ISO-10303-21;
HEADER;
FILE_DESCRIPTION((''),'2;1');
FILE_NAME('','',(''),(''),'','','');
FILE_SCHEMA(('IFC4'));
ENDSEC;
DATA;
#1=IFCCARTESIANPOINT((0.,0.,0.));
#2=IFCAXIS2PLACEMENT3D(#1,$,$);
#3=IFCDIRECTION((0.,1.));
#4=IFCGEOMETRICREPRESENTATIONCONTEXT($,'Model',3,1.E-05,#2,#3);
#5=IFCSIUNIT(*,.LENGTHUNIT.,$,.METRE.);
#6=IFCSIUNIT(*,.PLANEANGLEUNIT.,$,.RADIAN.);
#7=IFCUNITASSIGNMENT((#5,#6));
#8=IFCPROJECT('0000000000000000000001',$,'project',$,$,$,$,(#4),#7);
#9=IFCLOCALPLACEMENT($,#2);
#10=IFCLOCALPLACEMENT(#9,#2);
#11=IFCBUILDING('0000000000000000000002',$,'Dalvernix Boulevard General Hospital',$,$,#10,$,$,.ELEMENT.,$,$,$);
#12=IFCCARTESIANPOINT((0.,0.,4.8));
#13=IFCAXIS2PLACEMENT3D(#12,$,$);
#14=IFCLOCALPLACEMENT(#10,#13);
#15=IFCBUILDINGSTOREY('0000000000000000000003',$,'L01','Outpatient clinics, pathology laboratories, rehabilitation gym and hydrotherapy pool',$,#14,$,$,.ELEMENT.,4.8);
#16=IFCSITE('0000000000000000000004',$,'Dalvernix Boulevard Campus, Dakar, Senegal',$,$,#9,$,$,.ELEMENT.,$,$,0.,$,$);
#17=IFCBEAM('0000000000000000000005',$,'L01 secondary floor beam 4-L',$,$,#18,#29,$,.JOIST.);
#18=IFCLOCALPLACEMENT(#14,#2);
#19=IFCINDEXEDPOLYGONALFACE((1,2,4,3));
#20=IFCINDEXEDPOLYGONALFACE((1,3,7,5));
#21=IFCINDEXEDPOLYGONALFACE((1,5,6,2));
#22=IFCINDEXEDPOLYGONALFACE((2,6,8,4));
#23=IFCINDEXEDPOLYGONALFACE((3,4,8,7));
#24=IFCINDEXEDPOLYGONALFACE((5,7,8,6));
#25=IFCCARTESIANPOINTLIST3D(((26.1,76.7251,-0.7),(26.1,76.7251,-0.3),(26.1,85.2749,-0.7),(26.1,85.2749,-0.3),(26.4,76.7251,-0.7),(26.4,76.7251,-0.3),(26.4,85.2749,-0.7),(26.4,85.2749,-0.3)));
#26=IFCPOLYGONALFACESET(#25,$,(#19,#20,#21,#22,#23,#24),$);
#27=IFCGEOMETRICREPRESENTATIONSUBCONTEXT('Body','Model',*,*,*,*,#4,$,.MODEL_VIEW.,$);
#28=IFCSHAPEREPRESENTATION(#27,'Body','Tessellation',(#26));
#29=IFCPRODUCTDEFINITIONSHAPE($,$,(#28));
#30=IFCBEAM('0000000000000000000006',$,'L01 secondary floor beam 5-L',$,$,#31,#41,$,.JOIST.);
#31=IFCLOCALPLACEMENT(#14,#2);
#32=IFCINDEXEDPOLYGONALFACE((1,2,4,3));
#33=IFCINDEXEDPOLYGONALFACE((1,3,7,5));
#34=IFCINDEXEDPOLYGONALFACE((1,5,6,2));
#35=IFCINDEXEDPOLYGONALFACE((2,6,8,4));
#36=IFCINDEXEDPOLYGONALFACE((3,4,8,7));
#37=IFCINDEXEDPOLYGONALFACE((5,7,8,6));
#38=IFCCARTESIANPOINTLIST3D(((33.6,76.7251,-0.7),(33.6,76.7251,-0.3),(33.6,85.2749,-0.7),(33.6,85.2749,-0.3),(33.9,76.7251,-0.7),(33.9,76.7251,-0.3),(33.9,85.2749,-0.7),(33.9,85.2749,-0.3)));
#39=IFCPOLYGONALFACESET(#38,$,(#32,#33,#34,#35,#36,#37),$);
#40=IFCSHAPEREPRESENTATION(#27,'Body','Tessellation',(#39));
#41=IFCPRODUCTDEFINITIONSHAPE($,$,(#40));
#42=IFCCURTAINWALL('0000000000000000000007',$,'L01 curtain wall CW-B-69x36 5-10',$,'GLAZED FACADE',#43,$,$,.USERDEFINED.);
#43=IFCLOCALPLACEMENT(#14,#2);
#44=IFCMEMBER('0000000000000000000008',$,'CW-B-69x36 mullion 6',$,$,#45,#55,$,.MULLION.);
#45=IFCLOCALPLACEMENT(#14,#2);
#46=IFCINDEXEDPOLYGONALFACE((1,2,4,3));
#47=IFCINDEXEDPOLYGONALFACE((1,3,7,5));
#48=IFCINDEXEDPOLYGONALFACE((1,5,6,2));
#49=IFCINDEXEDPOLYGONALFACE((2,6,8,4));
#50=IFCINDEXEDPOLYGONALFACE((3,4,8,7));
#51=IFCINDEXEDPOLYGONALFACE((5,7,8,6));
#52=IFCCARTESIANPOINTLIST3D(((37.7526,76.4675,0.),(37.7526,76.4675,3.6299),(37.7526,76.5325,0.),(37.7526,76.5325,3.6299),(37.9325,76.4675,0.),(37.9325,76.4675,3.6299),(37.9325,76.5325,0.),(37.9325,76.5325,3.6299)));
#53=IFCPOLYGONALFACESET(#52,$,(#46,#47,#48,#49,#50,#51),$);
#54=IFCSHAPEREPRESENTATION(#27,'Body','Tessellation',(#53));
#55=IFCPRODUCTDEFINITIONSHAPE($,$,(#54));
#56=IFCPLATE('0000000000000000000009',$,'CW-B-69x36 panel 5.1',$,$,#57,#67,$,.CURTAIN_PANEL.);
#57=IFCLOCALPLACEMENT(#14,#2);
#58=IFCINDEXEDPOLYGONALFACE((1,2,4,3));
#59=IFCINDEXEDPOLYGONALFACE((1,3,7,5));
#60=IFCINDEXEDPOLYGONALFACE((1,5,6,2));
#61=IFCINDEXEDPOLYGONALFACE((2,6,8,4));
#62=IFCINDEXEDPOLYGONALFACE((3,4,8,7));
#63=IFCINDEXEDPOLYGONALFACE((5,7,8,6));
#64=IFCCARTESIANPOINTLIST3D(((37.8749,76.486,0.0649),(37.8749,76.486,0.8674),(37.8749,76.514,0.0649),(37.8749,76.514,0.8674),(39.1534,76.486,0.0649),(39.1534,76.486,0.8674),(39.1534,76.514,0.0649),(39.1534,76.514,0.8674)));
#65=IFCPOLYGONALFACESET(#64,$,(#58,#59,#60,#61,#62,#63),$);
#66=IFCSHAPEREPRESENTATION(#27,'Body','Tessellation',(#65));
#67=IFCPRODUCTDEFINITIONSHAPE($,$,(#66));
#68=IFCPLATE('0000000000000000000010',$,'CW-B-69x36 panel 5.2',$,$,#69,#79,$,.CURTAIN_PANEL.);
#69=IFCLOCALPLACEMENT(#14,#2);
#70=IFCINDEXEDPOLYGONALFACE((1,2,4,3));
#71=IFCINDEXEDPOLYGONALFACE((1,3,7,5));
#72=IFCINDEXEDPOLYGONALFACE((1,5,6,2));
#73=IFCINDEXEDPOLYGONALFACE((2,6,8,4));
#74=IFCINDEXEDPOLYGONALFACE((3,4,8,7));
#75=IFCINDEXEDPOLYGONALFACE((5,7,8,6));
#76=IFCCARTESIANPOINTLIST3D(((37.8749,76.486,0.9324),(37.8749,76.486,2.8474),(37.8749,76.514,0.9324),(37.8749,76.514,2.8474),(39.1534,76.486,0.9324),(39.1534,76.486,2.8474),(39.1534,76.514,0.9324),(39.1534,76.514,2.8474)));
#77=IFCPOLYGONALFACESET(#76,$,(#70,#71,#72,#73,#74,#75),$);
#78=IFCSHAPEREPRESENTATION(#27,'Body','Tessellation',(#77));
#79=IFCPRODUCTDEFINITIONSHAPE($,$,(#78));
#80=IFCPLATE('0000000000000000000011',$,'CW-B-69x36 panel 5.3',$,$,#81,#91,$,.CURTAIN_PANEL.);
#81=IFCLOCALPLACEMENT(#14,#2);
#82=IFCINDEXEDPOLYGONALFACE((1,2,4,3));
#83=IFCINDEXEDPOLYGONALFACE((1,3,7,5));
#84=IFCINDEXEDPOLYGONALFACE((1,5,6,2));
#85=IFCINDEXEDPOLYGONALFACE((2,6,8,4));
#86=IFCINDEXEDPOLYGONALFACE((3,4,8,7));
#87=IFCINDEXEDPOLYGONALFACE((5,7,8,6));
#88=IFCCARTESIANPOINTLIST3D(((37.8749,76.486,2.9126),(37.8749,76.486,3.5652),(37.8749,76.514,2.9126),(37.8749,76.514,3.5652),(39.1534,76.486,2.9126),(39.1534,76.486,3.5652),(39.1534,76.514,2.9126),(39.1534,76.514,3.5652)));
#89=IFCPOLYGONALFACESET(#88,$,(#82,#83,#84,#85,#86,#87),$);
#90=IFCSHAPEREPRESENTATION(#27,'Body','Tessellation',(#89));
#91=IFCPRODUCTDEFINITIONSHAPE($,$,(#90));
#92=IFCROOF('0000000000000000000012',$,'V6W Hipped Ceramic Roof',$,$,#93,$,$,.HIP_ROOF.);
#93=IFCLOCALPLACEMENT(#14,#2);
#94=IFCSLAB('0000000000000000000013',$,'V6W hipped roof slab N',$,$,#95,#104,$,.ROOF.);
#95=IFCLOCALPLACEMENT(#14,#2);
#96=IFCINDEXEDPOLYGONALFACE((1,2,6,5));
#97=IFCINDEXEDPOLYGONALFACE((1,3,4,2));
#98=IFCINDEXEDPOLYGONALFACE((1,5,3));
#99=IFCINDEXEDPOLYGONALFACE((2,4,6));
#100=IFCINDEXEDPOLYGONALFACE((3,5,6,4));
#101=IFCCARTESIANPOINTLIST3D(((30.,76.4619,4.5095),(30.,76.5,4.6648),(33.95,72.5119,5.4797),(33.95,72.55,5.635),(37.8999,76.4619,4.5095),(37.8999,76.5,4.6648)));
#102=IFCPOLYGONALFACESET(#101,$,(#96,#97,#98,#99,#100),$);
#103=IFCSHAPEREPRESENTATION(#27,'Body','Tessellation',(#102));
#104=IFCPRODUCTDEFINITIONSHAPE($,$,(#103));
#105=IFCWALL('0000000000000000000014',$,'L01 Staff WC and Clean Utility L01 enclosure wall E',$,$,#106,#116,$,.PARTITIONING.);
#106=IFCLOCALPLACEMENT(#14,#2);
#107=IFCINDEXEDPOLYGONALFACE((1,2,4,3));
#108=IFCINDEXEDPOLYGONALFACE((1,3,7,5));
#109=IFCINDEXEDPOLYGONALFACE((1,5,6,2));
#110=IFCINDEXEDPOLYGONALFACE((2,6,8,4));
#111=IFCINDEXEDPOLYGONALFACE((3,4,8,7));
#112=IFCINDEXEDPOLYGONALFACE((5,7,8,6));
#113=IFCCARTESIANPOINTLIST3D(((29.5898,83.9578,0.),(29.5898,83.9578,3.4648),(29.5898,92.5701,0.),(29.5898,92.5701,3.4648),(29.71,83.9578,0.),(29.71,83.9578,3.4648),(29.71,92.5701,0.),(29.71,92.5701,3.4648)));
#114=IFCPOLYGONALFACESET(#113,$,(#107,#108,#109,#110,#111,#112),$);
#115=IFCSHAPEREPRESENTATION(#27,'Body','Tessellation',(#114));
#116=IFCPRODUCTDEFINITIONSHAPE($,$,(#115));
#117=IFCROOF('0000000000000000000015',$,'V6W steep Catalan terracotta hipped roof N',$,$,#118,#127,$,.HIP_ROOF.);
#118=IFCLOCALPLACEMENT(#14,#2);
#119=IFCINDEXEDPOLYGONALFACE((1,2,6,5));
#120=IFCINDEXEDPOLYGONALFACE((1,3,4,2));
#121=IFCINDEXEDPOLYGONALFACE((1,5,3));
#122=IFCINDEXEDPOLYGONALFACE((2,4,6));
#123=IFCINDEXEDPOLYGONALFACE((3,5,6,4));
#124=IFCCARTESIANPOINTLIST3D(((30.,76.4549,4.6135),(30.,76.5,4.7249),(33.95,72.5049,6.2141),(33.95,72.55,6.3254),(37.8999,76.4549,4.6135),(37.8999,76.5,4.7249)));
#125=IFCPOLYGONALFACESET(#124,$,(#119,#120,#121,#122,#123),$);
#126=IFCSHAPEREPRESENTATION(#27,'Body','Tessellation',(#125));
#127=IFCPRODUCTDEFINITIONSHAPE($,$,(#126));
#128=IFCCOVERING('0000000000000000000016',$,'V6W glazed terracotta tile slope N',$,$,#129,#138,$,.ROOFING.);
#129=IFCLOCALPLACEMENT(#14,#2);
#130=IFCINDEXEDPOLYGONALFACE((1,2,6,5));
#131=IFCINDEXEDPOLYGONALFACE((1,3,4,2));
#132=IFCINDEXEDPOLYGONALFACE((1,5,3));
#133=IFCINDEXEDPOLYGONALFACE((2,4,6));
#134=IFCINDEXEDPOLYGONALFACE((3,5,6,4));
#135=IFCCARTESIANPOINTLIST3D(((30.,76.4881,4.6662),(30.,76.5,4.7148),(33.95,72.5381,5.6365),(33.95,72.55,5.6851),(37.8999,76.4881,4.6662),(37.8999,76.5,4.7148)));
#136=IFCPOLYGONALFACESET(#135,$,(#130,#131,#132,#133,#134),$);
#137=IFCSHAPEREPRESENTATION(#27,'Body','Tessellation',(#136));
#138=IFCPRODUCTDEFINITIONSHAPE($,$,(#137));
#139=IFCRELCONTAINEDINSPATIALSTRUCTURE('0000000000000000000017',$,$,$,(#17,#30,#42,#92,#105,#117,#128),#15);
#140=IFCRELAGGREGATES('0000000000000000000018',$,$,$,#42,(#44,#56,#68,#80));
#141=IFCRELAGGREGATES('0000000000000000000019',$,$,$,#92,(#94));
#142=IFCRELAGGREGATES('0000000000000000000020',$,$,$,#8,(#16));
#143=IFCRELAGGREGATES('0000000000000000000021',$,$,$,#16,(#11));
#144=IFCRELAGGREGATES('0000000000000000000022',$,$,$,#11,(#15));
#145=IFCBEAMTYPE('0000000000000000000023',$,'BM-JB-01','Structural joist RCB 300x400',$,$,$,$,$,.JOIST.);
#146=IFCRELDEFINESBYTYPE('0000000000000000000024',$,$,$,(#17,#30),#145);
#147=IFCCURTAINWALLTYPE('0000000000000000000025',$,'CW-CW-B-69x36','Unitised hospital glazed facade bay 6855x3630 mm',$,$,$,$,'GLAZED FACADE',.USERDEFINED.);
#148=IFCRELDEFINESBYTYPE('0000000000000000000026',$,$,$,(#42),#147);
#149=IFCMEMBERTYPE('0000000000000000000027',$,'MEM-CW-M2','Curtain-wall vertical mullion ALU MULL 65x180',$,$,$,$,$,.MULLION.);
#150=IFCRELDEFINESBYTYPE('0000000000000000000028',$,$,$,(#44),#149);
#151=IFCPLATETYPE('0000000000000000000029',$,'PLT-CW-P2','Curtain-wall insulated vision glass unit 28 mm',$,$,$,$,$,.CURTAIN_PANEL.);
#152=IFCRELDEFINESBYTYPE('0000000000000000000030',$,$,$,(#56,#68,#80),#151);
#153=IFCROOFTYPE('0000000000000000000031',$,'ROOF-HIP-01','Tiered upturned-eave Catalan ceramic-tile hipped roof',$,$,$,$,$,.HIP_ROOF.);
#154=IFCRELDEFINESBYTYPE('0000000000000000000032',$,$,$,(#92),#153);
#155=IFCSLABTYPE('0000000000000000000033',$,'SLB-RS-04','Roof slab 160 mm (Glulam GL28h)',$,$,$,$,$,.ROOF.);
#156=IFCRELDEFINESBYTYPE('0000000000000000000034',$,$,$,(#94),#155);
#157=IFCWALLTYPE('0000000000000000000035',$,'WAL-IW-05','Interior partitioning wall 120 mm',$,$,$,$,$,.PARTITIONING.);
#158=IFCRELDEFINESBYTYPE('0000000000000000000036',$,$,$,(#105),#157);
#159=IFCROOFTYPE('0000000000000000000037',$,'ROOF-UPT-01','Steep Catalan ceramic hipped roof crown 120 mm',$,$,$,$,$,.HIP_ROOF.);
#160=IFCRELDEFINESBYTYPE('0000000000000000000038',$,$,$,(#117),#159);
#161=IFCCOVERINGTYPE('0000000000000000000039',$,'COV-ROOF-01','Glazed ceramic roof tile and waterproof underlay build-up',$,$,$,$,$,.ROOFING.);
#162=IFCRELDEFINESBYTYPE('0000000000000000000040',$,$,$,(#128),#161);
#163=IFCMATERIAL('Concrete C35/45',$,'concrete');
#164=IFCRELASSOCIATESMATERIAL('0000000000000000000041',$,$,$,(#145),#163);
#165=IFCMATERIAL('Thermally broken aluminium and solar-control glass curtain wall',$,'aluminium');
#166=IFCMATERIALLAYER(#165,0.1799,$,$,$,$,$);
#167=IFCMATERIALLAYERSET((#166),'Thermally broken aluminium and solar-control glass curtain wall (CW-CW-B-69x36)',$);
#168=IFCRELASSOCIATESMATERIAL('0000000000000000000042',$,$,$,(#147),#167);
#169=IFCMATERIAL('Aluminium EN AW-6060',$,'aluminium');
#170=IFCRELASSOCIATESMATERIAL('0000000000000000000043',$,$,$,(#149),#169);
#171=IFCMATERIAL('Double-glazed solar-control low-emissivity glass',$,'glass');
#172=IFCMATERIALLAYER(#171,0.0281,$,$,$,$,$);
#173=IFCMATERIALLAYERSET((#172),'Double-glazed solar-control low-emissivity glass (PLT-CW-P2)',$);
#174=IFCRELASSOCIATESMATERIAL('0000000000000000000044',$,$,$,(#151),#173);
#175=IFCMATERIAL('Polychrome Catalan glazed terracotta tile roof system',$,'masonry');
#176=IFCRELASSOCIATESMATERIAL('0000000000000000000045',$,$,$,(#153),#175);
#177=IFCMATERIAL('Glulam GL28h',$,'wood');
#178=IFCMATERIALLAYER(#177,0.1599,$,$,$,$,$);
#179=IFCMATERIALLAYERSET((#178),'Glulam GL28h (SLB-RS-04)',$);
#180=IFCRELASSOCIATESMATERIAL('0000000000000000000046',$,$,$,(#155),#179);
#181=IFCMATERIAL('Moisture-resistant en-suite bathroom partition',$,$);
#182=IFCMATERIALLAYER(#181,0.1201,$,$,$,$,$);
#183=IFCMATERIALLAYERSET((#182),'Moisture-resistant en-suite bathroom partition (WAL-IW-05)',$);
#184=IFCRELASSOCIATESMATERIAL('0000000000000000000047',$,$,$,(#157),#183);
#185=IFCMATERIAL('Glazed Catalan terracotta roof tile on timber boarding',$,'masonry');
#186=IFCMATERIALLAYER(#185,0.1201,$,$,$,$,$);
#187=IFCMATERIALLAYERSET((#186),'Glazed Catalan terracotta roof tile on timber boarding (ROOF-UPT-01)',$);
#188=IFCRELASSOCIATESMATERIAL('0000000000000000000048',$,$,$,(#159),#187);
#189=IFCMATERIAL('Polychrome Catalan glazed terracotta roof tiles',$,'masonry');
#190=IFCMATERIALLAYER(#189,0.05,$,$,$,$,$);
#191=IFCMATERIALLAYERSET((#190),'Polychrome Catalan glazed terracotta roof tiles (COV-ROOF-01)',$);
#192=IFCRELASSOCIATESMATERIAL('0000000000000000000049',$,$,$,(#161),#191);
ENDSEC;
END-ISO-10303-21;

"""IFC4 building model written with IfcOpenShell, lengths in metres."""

from ifc_helpers import new_model, si_unit, direction, frame, frame_2d, origin, origin_2d, place, context, subcontext, project, spatial, polyline, rectangle, outline, extrude, material, layer, layer_set, material_profile, profile_set, type_object, element, aggregate, save


model = new_model("IFC4")

# Units and contexts
model_context = context("Model", 3, precision=1e-05, world=origin(), true_north=direction((0.0, 1.0)))
body_context = subcontext(model_context, "Body", "Model", "MODEL_VIEW")
ifc_project = project(units=[si_unit("LENGTHUNIT", "METRE"), si_unit("PLANEANGLEUNIT", "RADIAN")], contexts=[model_context])

# Site, building, storey
site_placement = place(None, origin())
site = spatial("IfcSite", under=ifc_project, at=site_placement, Name="Dalvernix Boulevard Campus, Dakar, Senegal", CompositionType="ELEMENT", RefElevation=0.0)
building_placement = place(site_placement, origin())
building = spatial("IfcBuilding", under=site, at=building_placement, Name="Dalvernix Boulevard General Hospital", CompositionType="ELEMENT")
storey_placement = place(building_placement, frame((0.0, 0.0, 4.8)))
storey = spatial("IfcBuildingStorey", under=building, at=storey_placement, Name="L01", Description="Outpatient clinics, pathology laboratories, rehabilitation gym and hydrotherapy pool", CompositionType="ELEMENT", Elevation=4.8)

# Beams
ifc_material_1 = material(Name="Concrete C35/45", Category="concrete")
ifc_material_profile_1 = material_profile(ifc_material_1, rectangle(XDim=0.3, YDim=0.3999, at=origin_2d()), Name="RCB 300x400")
ifc_profile_set_1 = profile_set([ifc_material_profile_1], Name="Concrete C35/45")
beam_type_1 = type_object("IfcBeamType", Name="BM-JB-01", Description="Structural joist RCB 300x400", PredefinedType="JOIST", material=ifc_profile_set_1)
for number, where, z_axis, x_axis, name in (
    (1, (26.25, 76.7251, -0.5), (0.0, 1.0, 0.0), (-1.0, 0.0, 0.0), "L01 secondary floor beam 4-L"),
    (2, (33.75, 76.7251, -0.5), (0.0, 1.0, 0.0), (-1.0, 0.0, 0.0), "L01 secondary floor beam 5-L"),
):
    element("IfcBeam", number, at=place(storey_placement, frame(where, z_axis=z_axis, x_axis=x_axis)), inside=storey, type_object=beam_type_1, Name=name, PredefinedType="JOIST", context=body_context, shape_type="SweptSolid", body=[
        extrude(rectangle(XDim=0.3, YDim=0.3999, at=origin_2d()), origin(), (0.0, 0.0, 1.0), 8.5498),
    ])

# Curtain wall, member, plates
ifc_material_2 = material(Name="Thermally broken aluminium and solar-control glass curtain wall", Category="aluminium")
ifc_layer_1 = layer(ifc_material_2, 0.1799)
ifc_layer_set_1 = layer_set([ifc_layer_1], Name="Thermally broken aluminium and solar-control glass curtain wall (CW-CW-B-69x36)")
curtain_wall_type = type_object("IfcCurtainWallType", Name="CW-CW-B-69x36", Description="Unitised hospital glazed facade bay 6855x3630 mm", ElementType="GLAZED FACADE", PredefinedType="USERDEFINED", material=ifc_layer_set_1)
curtain_wall_placement = place(storey_placement, origin())
curtain_wall = element("IfcCurtainWall", 3, at=curtain_wall_placement, inside=storey, type_object=curtain_wall_type, Name="L01 curtain wall CW-B-69x36 5-10", ObjectType="GLAZED FACADE", PredefinedType="USERDEFINED")
ifc_material_3 = material(Name="Aluminium EN AW-6060", Category="aluminium")
ifc_material_profile_2 = material_profile(ifc_material_3, rectangle(XDim=0.0649, YDim=0.1799, at=origin_2d()), Name="ALU MULL 65x180")
ifc_profile_set_2 = profile_set([ifc_material_profile_2], Name="Aluminium EN AW-6060")
member_type = type_object("IfcMemberType", Name="MEM-CW-M2", Description="Curtain-wall vertical mullion ALU MULL 65x180", PredefinedType="MULLION", material=ifc_profile_set_2)
member_placement = place(storey_placement, frame((37.8425, 76.5, 0.0), z_axis=(0.0, 0.0, 1.0), x_axis=(0.0, -1.0, 0.0)))
member = element("IfcMember", 4, at=member_placement, type_object=member_type, Name="CW-B-69x36 mullion 6", PredefinedType="MULLION", context=body_context, shape_type="SweptSolid", body=[
    extrude(rectangle(XDim=0.0649, YDim=0.1799, at=origin_2d()), origin(), (0.0, 0.0, 1.0), 3.6299),
])
ifc_material_4 = material(Name="Double-glazed solar-control low-emissivity glass", Category="glass")
ifc_layer_2 = layer(ifc_material_4, 0.0281)
ifc_layer_set_2 = layer_set([ifc_layer_2], Name="Double-glazed solar-control low-emissivity glass (PLT-CW-P2)")
plate_type = type_object("IfcPlateType", Name="PLT-CW-P2", Description="Curtain-wall insulated vision glass unit 28 mm", PredefinedType="CURTAIN_PANEL", material=ifc_layer_set_2)
plate_1_placement = place(storey_placement, frame((38.5142, 76.5, 0.0649), z_axis=(0.0, 0.0, 1.0), x_axis=(-1.0, 0.0, 0.0)))
plate_1 = element("IfcPlate", 5, at=plate_1_placement, type_object=plate_type, Name="CW-B-69x36 panel 5.1", PredefinedType="CURTAIN_PANEL", context=body_context, shape_type="SweptSolid", body=[
    extrude(rectangle(XDim=1.2786, YDim=0.0281, at=origin_2d()), origin(), (0.0, 0.0, 1.0), 0.8025),
])
plate_2_placement = place(storey_placement, frame((38.5142, 76.5, 0.9324), z_axis=(0.0, 0.0, 1.0), x_axis=(-1.0, 0.0, 0.0)))
plate_2 = element("IfcPlate", 6, at=plate_2_placement, type_object=plate_type, Name="CW-B-69x36 panel 5.2", PredefinedType="CURTAIN_PANEL", context=body_context, shape_type="SweptSolid", body=[
    extrude(rectangle(XDim=1.2786, YDim=0.0281, at=origin_2d()), origin(), (0.0, 0.0, 1.0), 1.915),
])
plate_3_placement = place(storey_placement, frame((38.5142, 76.5, 2.9126), z_axis=(0.0, 0.0, 1.0), x_axis=(-1.0, 0.0, 0.0)))
plate_3 = element("IfcPlate", 7, at=plate_3_placement, type_object=plate_type, Name="CW-B-69x36 panel 5.3", PredefinedType="CURTAIN_PANEL", context=body_context, shape_type="SweptSolid", body=[
    extrude(rectangle(XDim=1.2786, YDim=0.0281, at=origin_2d()), origin(), (0.0, 0.0, 1.0), 0.6526),
])
aggregate(curtain_wall, [member, plate_1, plate_2, plate_3])

# Roof, slab
ifc_material_5 = material(Name="Polychrome Catalan glazed terracotta tile roof system", Category="masonry")
roof_type_1 = type_object("IfcRoofType", Name="ROOF-HIP-01", Description="Tiered upturned-eave Catalan ceramic-tile hipped roof", PredefinedType="HIP_ROOF", material=ifc_material_5)
roof_1_placement = place(storey_placement, origin())
roof_1 = element("IfcRoof", 8, at=roof_1_placement, inside=storey, type_object=roof_type_1, Name="V6W Hipped Ceramic Roof", PredefinedType="HIP_ROOF")
ifc_material_6 = material(Name="Glulam GL28h", Category="wood")
ifc_layer_3 = layer(ifc_material_6, 0.1599)
ifc_layer_set_3 = layer_set([ifc_layer_3], Name="Glulam GL28h (SLB-RS-04)")
slab_type = type_object("IfcSlabType", Name="SLB-RS-04", Description="Roof slab 160 mm (Glulam GL28h)", PredefinedType="ROOF", material=ifc_layer_set_3)
slab_placement = place(storey_placement, frame((37.8999, 76.5, 4.6648), z_axis=(0.0, 0.238537, 0.971133), x_axis=(-1.0, 0.0, 0.0)))
slab = element("IfcSlab", 9, at=slab_placement, type_object=slab_type, Name="V6W hipped roof slab N", PredefinedType="ROOF", context=body_context, shape_type="SweptSolid", body=[
    extrude(outline(polyline([(0.0, 0.0), (7.8999, 0.0), (3.95, 4.0674), (0.0, 0.0)])), origin(), (0.0, 0.0, -1.0), 0.1599),
])
aggregate(roof_1, [slab])

# Wall
ifc_material_7 = material(Name="Moisture-resistant en-suite bathroom partition")
ifc_layer_4 = layer(ifc_material_7, 0.1201)
ifc_layer_set_4 = layer_set([ifc_layer_4], Name="Moisture-resistant en-suite bathroom partition (WAL-IW-05)")
wall_type = type_object("IfcWallType", Name="WAL-IW-05", Description="Interior partitioning wall 120 mm", PredefinedType="PARTITIONING", material=ifc_layer_set_4)
wall_placement = place(storey_placement, frame((29.6499, 83.9578, 0.0), z_axis=(0.0, 0.0, 1.0), x_axis=(0.0, 1.0, 0.0)))
element("IfcWall", 10, at=wall_placement, inside=storey, type_object=wall_type, Name="L01 Staff WC and Clean Utility L01 enclosure wall E", PredefinedType="PARTITIONING", context=body_context, shape_type="SweptSolid", body=[
    extrude(rectangle(XDim=8.6123, YDim=0.1201, at=frame_2d((4.3062, 0.0))), origin(), (0.0, 0.0, 1.0), 3.4648),
])

# Roof
ifc_material_8 = material(Name="Glazed Catalan terracotta roof tile on timber boarding", Category="masonry")
ifc_layer_5 = layer(ifc_material_8, 0.1201)
ifc_layer_set_5 = layer_set([ifc_layer_5], Name="Glazed Catalan terracotta roof tile on timber boarding (ROOF-UPT-01)")
roof_type_2 = type_object("IfcRoofType", Name="ROOF-UPT-01", Description="Steep Catalan ceramic hipped roof crown 120 mm", PredefinedType="HIP_ROOF", material=ifc_layer_set_5)
roof_2_placement = place(storey_placement, frame((37.8999, 76.5, 4.7249), z_axis=(0.0, 0.375555, 0.9268), x_axis=(-1.0, 0.0, 0.0)))
element("IfcRoof", 11, at=roof_2_placement, inside=storey, type_object=roof_type_2, Name="V6W steep Catalan terracotta hipped roof N", PredefinedType="HIP_ROOF", context=body_context, shape_type="SweptSolid", body=[
    extrude(outline(polyline([(0.0, 0.0), (7.8999, 0.0), (3.95, 4.2619), (0.0, 0.0)])), origin(), (0.0, 0.0, -1.0), 0.1201),
])

# Covering
ifc_material_9 = material(Name="Polychrome Catalan glazed terracotta roof tiles", Category="masonry")
ifc_layer_6 = layer(ifc_material_9, 0.05)
ifc_layer_set_6 = layer_set([ifc_layer_6], Name="Polychrome Catalan glazed terracotta roof tiles (COV-ROOF-01)")
covering_type = type_object("IfcCoveringType", Name="COV-ROOF-01", Description="Glazed ceramic roof tile and waterproof underlay build-up", PredefinedType="ROOFING", material=ifc_layer_set_6)
covering_placement = place(storey_placement, frame((37.8999, 76.5, 4.7148), z_axis=(0.0, 0.238537, 0.971133), x_axis=(-1.0, 0.0, 0.0)))
element("IfcCovering", 12, at=covering_placement, inside=storey, type_object=covering_type, Name="V6W glazed terracotta tile slope N", PredefinedType="ROOFING", context=body_context, shape_type="SweptSolid", body=[
    extrude(outline(polyline([(0.0, 0.0), (7.8999, 0.0), (3.95, 4.0674), (0.0, 0.0)])), origin(), (0.0, 0.0, -1.0), 0.05),
])

save(model, "model.ifc")
